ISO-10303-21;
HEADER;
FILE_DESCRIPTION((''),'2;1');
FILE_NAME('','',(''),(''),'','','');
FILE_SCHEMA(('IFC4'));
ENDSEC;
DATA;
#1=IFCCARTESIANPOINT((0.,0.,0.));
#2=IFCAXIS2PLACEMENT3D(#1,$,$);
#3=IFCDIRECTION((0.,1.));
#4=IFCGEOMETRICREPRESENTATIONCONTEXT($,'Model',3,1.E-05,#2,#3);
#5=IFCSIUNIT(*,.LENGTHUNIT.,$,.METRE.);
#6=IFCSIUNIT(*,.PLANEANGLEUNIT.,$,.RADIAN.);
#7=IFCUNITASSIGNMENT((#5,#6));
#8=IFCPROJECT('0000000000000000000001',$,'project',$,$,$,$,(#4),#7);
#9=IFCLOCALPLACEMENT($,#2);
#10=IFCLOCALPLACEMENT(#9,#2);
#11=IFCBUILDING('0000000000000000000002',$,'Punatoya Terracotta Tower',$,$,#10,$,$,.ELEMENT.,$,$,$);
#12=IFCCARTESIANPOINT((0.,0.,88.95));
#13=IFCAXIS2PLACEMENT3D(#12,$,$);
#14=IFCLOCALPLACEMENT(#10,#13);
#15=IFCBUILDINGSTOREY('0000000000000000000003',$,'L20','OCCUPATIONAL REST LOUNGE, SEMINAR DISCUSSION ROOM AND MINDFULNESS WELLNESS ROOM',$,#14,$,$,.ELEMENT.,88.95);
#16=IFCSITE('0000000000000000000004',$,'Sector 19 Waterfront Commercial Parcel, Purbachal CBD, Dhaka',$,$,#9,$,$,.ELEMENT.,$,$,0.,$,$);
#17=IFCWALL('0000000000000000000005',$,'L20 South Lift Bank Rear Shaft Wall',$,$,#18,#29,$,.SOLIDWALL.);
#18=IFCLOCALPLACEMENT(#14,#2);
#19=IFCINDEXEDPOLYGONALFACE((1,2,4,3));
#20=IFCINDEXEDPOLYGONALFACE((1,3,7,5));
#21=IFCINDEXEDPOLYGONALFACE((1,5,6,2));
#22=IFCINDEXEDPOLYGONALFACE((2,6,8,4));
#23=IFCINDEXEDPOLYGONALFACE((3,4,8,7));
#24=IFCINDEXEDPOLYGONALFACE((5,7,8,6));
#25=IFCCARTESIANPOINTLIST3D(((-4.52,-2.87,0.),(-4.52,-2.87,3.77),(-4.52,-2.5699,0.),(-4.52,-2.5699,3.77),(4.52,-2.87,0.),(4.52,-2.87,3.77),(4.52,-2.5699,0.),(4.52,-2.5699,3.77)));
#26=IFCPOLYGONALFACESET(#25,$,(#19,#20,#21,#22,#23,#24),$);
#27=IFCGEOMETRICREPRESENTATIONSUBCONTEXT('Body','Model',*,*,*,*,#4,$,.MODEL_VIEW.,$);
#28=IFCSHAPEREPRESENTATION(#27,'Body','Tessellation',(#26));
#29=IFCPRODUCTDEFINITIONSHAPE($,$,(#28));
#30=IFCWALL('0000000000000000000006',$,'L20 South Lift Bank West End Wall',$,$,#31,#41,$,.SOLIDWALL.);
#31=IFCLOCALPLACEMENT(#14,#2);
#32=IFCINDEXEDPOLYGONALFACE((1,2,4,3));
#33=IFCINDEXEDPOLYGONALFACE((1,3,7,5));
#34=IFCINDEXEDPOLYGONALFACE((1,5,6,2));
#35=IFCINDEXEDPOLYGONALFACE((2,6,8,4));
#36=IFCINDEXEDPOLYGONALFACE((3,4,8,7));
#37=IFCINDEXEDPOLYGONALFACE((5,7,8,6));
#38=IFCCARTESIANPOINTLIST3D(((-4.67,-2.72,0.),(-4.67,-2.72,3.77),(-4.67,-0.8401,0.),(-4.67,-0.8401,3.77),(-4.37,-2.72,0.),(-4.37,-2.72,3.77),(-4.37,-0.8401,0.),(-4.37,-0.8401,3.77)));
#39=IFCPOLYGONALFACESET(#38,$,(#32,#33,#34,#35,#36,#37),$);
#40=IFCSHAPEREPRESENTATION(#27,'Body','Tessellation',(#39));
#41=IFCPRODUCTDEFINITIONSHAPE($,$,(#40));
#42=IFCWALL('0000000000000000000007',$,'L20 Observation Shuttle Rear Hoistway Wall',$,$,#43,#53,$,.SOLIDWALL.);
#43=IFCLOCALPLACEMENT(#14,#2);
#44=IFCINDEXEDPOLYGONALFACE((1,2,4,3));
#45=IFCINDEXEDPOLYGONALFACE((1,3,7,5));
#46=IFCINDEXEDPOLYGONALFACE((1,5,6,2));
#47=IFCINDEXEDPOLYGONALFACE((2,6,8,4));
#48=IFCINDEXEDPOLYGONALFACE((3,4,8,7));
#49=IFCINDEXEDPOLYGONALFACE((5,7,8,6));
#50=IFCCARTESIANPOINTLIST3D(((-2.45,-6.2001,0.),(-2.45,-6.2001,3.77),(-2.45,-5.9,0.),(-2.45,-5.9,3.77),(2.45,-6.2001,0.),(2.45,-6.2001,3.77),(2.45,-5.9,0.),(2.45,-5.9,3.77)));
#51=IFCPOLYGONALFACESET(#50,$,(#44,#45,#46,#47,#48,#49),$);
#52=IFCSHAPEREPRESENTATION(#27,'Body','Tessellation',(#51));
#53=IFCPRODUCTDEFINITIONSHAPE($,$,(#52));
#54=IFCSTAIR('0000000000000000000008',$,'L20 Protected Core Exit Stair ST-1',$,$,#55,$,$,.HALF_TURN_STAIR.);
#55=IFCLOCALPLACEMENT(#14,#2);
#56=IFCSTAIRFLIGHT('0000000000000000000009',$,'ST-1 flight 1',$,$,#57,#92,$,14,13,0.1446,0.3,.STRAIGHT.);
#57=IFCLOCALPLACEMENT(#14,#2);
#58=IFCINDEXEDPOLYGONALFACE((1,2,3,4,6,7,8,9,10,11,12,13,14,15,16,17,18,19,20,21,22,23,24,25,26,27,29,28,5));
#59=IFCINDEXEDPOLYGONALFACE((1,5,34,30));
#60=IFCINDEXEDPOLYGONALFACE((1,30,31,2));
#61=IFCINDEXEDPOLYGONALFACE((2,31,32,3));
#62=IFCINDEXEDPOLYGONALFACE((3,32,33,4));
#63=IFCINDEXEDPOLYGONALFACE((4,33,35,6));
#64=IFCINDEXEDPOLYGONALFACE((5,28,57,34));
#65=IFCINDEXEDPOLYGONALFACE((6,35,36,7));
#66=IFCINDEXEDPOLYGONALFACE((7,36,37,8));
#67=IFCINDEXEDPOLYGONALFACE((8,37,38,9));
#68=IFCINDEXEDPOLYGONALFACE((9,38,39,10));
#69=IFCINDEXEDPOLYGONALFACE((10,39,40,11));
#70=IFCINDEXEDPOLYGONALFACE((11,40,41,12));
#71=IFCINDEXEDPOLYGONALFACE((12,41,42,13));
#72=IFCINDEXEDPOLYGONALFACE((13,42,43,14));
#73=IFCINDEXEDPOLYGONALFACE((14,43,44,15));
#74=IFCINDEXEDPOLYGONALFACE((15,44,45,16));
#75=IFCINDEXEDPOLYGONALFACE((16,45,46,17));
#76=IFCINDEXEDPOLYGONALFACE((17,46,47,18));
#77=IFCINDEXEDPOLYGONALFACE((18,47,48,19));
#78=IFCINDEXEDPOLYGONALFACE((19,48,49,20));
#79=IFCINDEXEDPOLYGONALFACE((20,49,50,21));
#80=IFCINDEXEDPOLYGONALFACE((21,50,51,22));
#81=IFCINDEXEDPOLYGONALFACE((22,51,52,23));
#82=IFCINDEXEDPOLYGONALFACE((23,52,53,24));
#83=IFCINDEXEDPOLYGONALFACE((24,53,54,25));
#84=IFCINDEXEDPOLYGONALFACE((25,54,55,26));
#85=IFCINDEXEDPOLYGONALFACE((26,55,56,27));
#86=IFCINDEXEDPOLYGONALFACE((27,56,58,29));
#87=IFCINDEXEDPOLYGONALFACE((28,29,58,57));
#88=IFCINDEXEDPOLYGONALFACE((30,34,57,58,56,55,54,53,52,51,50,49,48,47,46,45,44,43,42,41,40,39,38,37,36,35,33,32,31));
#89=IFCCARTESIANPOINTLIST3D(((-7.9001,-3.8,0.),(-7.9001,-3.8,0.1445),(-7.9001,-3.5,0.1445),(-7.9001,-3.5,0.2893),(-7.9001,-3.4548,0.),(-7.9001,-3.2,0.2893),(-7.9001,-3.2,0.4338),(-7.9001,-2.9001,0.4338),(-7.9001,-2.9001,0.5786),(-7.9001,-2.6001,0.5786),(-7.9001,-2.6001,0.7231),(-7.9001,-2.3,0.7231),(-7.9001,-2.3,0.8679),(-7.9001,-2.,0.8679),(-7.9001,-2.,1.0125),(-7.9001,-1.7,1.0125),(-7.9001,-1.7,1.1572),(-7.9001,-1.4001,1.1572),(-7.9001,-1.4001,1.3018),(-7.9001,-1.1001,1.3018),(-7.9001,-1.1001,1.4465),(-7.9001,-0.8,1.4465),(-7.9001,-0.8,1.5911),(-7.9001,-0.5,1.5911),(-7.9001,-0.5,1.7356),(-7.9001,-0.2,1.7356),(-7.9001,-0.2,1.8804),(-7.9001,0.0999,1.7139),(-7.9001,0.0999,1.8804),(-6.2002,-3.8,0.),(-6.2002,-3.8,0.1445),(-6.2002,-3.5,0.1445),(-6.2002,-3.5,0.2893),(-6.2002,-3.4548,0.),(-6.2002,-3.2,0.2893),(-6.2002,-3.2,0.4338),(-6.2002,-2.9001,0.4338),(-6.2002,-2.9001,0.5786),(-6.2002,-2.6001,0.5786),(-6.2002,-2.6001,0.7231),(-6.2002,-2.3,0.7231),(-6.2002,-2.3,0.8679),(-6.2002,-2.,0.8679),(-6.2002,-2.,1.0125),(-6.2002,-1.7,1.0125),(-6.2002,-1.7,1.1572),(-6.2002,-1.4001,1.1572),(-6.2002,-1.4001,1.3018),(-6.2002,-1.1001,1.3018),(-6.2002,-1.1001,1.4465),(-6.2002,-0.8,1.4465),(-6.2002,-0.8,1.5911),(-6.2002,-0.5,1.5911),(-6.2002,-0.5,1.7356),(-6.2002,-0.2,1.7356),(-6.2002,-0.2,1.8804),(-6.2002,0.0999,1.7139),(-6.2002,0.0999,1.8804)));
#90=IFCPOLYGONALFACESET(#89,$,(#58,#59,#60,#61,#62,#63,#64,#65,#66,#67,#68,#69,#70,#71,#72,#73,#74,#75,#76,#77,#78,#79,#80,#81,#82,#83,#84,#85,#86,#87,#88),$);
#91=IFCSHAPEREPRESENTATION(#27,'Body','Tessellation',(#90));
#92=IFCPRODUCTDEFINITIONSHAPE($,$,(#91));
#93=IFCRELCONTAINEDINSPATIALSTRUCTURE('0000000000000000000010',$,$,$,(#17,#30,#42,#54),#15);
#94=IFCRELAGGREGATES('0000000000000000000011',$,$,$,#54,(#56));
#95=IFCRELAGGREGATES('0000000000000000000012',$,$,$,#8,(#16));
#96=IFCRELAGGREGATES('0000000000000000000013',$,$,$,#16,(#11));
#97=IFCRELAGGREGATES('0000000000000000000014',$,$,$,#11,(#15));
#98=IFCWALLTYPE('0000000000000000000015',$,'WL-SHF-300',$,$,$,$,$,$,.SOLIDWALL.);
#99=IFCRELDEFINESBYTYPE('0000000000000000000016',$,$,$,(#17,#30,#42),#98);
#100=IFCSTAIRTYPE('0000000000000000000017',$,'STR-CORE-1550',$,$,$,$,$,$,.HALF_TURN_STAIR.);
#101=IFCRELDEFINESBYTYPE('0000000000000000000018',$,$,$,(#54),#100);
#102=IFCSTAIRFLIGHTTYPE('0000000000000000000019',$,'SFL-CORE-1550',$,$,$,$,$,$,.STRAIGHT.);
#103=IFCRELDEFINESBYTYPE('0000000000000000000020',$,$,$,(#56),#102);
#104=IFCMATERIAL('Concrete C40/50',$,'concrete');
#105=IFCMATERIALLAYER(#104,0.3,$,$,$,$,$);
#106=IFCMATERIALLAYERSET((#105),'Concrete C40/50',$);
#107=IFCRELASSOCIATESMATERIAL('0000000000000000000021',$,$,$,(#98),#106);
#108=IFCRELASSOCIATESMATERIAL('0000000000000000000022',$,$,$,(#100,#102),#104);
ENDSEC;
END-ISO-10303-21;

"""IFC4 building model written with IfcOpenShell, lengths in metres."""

from ifc_helpers import new_model, si_unit, direction, frame, frame_2d, origin, place, context, subcontext, project, spatial, polyline, rectangle, outline, extrude, material, layer, layer_set, type_object, element, aggregate, save


model = new_model("IFC4")

# Units and contexts
model_context = context("Model", 3, precision=1e-05, world=origin(), true_north=direction((0.0, 1.0)))
body_context = subcontext(model_context, "Body", "Model", "MODEL_VIEW")
ifc_project = project(units=[si_unit("LENGTHUNIT", "METRE"), si_unit("PLANEANGLEUNIT", "RADIAN")], contexts=[model_context])

# Site, building, storey
site_placement = place(None, origin())
site = spatial("IfcSite", under=ifc_project, at=site_placement, Name="Sector 19 Waterfront Commercial Parcel, Purbachal CBD, Dhaka", CompositionType="ELEMENT", RefElevation=0.0)
building_placement = place(site_placement, origin())
building = spatial("IfcBuilding", under=site, at=building_placement, Name="Punatoya Terracotta Tower", CompositionType="ELEMENT")
storey_placement = place(building_placement, frame((0.0, 0.0, 88.95)))
storey = spatial("IfcBuildingStorey", under=building, at=storey_placement, Name="L20", Description="OCCUPATIONAL REST LOUNGE, SEMINAR DISCUSSION ROOM AND MINDFULNESS WELLNESS ROOM", CompositionType="ELEMENT", Elevation=88.95)

# Shared definitions
ifc_material_1 = material(Name="Concrete C40/50", Category="concrete")

# Shared definitions
ifc_layer_1 = layer(ifc_material_1, 0.3)
ifc_layer_set_1 = layer_set([ifc_layer_1], Name="Concrete C40/50")
wall_type_1 = type_object("IfcWallType", Name="WL-SHF-300", PredefinedType="SOLIDWALL", material=ifc_layer_set_1)

# Walls
wall_1_placement = place(storey_placement, frame((-4.52, -2.72, 0.0), z_axis=(0.0, 0.0, 1.0), x_axis=(1.0, 0.0, 0.0)))
element("IfcWall", 1, at=wall_1_placement, inside=storey, type_object=wall_type_1, Name="L20 South Lift Bank Rear Shaft Wall", PredefinedType="SOLIDWALL", context=body_context, shape_type="SweptSolid", body=[
    extrude(rectangle(XDim=9.04, YDim=0.3, at=frame_2d((4.52, 0.0))), origin(), (0.0, 0.0, 1.0), 3.77),
])
wall_2_placement = place(storey_placement, frame((-4.52, -2.72, 0.0), z_axis=(0.0, 0.0, 1.0), x_axis=(0.0, 1.0, 0.0)))
element("IfcWall", 2, at=wall_2_placement, inside=storey, type_object=wall_type_1, Name="L20 South Lift Bank West End Wall", PredefinedType="SOLIDWALL", context=body_context, shape_type="SweptSolid", body=[
    extrude(rectangle(XDim=1.8799, YDim=0.3, at=frame_2d((0.9399, 0.0))), origin(), (0.0, 0.0, 1.0), 3.77),
])
wall_3_placement = place(storey_placement, frame((-2.45, -6.05, 0.0), z_axis=(0.0, 0.0, 1.0), x_axis=(1.0, 0.0, 0.0)))
element("IfcWall", 3, at=wall_3_placement, inside=storey, type_object=wall_type_1, Name="L20 Observation Shuttle Rear Hoistway Wall", PredefinedType="SOLIDWALL", context=body_context, shape_type="SweptSolid", body=[
    extrude(rectangle(XDim=4.8999, YDim=0.3, at=frame_2d((2.45, 0.0))), origin(), (0.0, 0.0, 1.0), 3.77),
])

# Stair, stair flight
stair_type = type_object("IfcStairType", Name="STR-CORE-1550", PredefinedType="HALF_TURN_STAIR", material=ifc_material_1)
stair_placement = place(storey_placement, origin())
stair = element("IfcStair", 4, at=stair_placement, inside=storey, type_object=stair_type, Name="L20 Protected Core Exit Stair ST-1", PredefinedType="HALF_TURN_STAIR")
stair_flight_type = type_object("IfcStairFlightType", Name="SFL-CORE-1550", PredefinedType="STRAIGHT", material=ifc_material_1)
stair_flight_placement = place(storey_placement, frame((-7.05, -3.8, 0.0), z_axis=(0.0, 0.0, 1.0), x_axis=(0.0, 1.0, 0.0)))
stair_flight = element("IfcStairFlight", 5, at=stair_flight_placement, type_object=stair_flight_type, Name="ST-1 flight 1", NumberOfRisers=14, NumberOfTreads=13, PredefinedType="STRAIGHT", RiserHeight=0.1446, TreadLength=0.3, context=body_context, shape_type="SweptSolid", body=[
    extrude(outline(polyline([(0.0, 0.0), (0.0, 0.1445), (0.3, 0.1445), (0.3, 0.2893), (0.6001, 0.2893), (0.6001, 0.4338), (0.8999, 0.4338), (0.8999, 0.5786), (1.2, 0.5786), (1.2, 0.7231), (1.5, 0.7231), (1.5, 0.8679), (1.8, 0.8679), (1.8, 1.0125), (2.1001, 1.0125), (2.1001, 1.1572), (2.3999, 1.1572), (2.3999, 1.3018), (2.7, 1.3018), (2.7, 1.4465), (3.0, 1.4465), (3.0, 1.5911), (3.3, 1.5911), (3.3, 1.7356), (3.6001, 1.7356), (3.6001, 1.8804), (3.8999, 1.8804), (3.8999, 2.0249), (3.8999, 1.7139), (0.3452, 0.0), (0.0, 0.0)])), frame((0.0, 0.8501, 0.0), z_axis=(0.0, -1.0, 0.0), x_axis=(1.0, 0.0, 0.0)), (0.0, 0.0, 1.0), 1.7),
])
aggregate(stair, [stair_flight])

save(model, "model.ifc")
